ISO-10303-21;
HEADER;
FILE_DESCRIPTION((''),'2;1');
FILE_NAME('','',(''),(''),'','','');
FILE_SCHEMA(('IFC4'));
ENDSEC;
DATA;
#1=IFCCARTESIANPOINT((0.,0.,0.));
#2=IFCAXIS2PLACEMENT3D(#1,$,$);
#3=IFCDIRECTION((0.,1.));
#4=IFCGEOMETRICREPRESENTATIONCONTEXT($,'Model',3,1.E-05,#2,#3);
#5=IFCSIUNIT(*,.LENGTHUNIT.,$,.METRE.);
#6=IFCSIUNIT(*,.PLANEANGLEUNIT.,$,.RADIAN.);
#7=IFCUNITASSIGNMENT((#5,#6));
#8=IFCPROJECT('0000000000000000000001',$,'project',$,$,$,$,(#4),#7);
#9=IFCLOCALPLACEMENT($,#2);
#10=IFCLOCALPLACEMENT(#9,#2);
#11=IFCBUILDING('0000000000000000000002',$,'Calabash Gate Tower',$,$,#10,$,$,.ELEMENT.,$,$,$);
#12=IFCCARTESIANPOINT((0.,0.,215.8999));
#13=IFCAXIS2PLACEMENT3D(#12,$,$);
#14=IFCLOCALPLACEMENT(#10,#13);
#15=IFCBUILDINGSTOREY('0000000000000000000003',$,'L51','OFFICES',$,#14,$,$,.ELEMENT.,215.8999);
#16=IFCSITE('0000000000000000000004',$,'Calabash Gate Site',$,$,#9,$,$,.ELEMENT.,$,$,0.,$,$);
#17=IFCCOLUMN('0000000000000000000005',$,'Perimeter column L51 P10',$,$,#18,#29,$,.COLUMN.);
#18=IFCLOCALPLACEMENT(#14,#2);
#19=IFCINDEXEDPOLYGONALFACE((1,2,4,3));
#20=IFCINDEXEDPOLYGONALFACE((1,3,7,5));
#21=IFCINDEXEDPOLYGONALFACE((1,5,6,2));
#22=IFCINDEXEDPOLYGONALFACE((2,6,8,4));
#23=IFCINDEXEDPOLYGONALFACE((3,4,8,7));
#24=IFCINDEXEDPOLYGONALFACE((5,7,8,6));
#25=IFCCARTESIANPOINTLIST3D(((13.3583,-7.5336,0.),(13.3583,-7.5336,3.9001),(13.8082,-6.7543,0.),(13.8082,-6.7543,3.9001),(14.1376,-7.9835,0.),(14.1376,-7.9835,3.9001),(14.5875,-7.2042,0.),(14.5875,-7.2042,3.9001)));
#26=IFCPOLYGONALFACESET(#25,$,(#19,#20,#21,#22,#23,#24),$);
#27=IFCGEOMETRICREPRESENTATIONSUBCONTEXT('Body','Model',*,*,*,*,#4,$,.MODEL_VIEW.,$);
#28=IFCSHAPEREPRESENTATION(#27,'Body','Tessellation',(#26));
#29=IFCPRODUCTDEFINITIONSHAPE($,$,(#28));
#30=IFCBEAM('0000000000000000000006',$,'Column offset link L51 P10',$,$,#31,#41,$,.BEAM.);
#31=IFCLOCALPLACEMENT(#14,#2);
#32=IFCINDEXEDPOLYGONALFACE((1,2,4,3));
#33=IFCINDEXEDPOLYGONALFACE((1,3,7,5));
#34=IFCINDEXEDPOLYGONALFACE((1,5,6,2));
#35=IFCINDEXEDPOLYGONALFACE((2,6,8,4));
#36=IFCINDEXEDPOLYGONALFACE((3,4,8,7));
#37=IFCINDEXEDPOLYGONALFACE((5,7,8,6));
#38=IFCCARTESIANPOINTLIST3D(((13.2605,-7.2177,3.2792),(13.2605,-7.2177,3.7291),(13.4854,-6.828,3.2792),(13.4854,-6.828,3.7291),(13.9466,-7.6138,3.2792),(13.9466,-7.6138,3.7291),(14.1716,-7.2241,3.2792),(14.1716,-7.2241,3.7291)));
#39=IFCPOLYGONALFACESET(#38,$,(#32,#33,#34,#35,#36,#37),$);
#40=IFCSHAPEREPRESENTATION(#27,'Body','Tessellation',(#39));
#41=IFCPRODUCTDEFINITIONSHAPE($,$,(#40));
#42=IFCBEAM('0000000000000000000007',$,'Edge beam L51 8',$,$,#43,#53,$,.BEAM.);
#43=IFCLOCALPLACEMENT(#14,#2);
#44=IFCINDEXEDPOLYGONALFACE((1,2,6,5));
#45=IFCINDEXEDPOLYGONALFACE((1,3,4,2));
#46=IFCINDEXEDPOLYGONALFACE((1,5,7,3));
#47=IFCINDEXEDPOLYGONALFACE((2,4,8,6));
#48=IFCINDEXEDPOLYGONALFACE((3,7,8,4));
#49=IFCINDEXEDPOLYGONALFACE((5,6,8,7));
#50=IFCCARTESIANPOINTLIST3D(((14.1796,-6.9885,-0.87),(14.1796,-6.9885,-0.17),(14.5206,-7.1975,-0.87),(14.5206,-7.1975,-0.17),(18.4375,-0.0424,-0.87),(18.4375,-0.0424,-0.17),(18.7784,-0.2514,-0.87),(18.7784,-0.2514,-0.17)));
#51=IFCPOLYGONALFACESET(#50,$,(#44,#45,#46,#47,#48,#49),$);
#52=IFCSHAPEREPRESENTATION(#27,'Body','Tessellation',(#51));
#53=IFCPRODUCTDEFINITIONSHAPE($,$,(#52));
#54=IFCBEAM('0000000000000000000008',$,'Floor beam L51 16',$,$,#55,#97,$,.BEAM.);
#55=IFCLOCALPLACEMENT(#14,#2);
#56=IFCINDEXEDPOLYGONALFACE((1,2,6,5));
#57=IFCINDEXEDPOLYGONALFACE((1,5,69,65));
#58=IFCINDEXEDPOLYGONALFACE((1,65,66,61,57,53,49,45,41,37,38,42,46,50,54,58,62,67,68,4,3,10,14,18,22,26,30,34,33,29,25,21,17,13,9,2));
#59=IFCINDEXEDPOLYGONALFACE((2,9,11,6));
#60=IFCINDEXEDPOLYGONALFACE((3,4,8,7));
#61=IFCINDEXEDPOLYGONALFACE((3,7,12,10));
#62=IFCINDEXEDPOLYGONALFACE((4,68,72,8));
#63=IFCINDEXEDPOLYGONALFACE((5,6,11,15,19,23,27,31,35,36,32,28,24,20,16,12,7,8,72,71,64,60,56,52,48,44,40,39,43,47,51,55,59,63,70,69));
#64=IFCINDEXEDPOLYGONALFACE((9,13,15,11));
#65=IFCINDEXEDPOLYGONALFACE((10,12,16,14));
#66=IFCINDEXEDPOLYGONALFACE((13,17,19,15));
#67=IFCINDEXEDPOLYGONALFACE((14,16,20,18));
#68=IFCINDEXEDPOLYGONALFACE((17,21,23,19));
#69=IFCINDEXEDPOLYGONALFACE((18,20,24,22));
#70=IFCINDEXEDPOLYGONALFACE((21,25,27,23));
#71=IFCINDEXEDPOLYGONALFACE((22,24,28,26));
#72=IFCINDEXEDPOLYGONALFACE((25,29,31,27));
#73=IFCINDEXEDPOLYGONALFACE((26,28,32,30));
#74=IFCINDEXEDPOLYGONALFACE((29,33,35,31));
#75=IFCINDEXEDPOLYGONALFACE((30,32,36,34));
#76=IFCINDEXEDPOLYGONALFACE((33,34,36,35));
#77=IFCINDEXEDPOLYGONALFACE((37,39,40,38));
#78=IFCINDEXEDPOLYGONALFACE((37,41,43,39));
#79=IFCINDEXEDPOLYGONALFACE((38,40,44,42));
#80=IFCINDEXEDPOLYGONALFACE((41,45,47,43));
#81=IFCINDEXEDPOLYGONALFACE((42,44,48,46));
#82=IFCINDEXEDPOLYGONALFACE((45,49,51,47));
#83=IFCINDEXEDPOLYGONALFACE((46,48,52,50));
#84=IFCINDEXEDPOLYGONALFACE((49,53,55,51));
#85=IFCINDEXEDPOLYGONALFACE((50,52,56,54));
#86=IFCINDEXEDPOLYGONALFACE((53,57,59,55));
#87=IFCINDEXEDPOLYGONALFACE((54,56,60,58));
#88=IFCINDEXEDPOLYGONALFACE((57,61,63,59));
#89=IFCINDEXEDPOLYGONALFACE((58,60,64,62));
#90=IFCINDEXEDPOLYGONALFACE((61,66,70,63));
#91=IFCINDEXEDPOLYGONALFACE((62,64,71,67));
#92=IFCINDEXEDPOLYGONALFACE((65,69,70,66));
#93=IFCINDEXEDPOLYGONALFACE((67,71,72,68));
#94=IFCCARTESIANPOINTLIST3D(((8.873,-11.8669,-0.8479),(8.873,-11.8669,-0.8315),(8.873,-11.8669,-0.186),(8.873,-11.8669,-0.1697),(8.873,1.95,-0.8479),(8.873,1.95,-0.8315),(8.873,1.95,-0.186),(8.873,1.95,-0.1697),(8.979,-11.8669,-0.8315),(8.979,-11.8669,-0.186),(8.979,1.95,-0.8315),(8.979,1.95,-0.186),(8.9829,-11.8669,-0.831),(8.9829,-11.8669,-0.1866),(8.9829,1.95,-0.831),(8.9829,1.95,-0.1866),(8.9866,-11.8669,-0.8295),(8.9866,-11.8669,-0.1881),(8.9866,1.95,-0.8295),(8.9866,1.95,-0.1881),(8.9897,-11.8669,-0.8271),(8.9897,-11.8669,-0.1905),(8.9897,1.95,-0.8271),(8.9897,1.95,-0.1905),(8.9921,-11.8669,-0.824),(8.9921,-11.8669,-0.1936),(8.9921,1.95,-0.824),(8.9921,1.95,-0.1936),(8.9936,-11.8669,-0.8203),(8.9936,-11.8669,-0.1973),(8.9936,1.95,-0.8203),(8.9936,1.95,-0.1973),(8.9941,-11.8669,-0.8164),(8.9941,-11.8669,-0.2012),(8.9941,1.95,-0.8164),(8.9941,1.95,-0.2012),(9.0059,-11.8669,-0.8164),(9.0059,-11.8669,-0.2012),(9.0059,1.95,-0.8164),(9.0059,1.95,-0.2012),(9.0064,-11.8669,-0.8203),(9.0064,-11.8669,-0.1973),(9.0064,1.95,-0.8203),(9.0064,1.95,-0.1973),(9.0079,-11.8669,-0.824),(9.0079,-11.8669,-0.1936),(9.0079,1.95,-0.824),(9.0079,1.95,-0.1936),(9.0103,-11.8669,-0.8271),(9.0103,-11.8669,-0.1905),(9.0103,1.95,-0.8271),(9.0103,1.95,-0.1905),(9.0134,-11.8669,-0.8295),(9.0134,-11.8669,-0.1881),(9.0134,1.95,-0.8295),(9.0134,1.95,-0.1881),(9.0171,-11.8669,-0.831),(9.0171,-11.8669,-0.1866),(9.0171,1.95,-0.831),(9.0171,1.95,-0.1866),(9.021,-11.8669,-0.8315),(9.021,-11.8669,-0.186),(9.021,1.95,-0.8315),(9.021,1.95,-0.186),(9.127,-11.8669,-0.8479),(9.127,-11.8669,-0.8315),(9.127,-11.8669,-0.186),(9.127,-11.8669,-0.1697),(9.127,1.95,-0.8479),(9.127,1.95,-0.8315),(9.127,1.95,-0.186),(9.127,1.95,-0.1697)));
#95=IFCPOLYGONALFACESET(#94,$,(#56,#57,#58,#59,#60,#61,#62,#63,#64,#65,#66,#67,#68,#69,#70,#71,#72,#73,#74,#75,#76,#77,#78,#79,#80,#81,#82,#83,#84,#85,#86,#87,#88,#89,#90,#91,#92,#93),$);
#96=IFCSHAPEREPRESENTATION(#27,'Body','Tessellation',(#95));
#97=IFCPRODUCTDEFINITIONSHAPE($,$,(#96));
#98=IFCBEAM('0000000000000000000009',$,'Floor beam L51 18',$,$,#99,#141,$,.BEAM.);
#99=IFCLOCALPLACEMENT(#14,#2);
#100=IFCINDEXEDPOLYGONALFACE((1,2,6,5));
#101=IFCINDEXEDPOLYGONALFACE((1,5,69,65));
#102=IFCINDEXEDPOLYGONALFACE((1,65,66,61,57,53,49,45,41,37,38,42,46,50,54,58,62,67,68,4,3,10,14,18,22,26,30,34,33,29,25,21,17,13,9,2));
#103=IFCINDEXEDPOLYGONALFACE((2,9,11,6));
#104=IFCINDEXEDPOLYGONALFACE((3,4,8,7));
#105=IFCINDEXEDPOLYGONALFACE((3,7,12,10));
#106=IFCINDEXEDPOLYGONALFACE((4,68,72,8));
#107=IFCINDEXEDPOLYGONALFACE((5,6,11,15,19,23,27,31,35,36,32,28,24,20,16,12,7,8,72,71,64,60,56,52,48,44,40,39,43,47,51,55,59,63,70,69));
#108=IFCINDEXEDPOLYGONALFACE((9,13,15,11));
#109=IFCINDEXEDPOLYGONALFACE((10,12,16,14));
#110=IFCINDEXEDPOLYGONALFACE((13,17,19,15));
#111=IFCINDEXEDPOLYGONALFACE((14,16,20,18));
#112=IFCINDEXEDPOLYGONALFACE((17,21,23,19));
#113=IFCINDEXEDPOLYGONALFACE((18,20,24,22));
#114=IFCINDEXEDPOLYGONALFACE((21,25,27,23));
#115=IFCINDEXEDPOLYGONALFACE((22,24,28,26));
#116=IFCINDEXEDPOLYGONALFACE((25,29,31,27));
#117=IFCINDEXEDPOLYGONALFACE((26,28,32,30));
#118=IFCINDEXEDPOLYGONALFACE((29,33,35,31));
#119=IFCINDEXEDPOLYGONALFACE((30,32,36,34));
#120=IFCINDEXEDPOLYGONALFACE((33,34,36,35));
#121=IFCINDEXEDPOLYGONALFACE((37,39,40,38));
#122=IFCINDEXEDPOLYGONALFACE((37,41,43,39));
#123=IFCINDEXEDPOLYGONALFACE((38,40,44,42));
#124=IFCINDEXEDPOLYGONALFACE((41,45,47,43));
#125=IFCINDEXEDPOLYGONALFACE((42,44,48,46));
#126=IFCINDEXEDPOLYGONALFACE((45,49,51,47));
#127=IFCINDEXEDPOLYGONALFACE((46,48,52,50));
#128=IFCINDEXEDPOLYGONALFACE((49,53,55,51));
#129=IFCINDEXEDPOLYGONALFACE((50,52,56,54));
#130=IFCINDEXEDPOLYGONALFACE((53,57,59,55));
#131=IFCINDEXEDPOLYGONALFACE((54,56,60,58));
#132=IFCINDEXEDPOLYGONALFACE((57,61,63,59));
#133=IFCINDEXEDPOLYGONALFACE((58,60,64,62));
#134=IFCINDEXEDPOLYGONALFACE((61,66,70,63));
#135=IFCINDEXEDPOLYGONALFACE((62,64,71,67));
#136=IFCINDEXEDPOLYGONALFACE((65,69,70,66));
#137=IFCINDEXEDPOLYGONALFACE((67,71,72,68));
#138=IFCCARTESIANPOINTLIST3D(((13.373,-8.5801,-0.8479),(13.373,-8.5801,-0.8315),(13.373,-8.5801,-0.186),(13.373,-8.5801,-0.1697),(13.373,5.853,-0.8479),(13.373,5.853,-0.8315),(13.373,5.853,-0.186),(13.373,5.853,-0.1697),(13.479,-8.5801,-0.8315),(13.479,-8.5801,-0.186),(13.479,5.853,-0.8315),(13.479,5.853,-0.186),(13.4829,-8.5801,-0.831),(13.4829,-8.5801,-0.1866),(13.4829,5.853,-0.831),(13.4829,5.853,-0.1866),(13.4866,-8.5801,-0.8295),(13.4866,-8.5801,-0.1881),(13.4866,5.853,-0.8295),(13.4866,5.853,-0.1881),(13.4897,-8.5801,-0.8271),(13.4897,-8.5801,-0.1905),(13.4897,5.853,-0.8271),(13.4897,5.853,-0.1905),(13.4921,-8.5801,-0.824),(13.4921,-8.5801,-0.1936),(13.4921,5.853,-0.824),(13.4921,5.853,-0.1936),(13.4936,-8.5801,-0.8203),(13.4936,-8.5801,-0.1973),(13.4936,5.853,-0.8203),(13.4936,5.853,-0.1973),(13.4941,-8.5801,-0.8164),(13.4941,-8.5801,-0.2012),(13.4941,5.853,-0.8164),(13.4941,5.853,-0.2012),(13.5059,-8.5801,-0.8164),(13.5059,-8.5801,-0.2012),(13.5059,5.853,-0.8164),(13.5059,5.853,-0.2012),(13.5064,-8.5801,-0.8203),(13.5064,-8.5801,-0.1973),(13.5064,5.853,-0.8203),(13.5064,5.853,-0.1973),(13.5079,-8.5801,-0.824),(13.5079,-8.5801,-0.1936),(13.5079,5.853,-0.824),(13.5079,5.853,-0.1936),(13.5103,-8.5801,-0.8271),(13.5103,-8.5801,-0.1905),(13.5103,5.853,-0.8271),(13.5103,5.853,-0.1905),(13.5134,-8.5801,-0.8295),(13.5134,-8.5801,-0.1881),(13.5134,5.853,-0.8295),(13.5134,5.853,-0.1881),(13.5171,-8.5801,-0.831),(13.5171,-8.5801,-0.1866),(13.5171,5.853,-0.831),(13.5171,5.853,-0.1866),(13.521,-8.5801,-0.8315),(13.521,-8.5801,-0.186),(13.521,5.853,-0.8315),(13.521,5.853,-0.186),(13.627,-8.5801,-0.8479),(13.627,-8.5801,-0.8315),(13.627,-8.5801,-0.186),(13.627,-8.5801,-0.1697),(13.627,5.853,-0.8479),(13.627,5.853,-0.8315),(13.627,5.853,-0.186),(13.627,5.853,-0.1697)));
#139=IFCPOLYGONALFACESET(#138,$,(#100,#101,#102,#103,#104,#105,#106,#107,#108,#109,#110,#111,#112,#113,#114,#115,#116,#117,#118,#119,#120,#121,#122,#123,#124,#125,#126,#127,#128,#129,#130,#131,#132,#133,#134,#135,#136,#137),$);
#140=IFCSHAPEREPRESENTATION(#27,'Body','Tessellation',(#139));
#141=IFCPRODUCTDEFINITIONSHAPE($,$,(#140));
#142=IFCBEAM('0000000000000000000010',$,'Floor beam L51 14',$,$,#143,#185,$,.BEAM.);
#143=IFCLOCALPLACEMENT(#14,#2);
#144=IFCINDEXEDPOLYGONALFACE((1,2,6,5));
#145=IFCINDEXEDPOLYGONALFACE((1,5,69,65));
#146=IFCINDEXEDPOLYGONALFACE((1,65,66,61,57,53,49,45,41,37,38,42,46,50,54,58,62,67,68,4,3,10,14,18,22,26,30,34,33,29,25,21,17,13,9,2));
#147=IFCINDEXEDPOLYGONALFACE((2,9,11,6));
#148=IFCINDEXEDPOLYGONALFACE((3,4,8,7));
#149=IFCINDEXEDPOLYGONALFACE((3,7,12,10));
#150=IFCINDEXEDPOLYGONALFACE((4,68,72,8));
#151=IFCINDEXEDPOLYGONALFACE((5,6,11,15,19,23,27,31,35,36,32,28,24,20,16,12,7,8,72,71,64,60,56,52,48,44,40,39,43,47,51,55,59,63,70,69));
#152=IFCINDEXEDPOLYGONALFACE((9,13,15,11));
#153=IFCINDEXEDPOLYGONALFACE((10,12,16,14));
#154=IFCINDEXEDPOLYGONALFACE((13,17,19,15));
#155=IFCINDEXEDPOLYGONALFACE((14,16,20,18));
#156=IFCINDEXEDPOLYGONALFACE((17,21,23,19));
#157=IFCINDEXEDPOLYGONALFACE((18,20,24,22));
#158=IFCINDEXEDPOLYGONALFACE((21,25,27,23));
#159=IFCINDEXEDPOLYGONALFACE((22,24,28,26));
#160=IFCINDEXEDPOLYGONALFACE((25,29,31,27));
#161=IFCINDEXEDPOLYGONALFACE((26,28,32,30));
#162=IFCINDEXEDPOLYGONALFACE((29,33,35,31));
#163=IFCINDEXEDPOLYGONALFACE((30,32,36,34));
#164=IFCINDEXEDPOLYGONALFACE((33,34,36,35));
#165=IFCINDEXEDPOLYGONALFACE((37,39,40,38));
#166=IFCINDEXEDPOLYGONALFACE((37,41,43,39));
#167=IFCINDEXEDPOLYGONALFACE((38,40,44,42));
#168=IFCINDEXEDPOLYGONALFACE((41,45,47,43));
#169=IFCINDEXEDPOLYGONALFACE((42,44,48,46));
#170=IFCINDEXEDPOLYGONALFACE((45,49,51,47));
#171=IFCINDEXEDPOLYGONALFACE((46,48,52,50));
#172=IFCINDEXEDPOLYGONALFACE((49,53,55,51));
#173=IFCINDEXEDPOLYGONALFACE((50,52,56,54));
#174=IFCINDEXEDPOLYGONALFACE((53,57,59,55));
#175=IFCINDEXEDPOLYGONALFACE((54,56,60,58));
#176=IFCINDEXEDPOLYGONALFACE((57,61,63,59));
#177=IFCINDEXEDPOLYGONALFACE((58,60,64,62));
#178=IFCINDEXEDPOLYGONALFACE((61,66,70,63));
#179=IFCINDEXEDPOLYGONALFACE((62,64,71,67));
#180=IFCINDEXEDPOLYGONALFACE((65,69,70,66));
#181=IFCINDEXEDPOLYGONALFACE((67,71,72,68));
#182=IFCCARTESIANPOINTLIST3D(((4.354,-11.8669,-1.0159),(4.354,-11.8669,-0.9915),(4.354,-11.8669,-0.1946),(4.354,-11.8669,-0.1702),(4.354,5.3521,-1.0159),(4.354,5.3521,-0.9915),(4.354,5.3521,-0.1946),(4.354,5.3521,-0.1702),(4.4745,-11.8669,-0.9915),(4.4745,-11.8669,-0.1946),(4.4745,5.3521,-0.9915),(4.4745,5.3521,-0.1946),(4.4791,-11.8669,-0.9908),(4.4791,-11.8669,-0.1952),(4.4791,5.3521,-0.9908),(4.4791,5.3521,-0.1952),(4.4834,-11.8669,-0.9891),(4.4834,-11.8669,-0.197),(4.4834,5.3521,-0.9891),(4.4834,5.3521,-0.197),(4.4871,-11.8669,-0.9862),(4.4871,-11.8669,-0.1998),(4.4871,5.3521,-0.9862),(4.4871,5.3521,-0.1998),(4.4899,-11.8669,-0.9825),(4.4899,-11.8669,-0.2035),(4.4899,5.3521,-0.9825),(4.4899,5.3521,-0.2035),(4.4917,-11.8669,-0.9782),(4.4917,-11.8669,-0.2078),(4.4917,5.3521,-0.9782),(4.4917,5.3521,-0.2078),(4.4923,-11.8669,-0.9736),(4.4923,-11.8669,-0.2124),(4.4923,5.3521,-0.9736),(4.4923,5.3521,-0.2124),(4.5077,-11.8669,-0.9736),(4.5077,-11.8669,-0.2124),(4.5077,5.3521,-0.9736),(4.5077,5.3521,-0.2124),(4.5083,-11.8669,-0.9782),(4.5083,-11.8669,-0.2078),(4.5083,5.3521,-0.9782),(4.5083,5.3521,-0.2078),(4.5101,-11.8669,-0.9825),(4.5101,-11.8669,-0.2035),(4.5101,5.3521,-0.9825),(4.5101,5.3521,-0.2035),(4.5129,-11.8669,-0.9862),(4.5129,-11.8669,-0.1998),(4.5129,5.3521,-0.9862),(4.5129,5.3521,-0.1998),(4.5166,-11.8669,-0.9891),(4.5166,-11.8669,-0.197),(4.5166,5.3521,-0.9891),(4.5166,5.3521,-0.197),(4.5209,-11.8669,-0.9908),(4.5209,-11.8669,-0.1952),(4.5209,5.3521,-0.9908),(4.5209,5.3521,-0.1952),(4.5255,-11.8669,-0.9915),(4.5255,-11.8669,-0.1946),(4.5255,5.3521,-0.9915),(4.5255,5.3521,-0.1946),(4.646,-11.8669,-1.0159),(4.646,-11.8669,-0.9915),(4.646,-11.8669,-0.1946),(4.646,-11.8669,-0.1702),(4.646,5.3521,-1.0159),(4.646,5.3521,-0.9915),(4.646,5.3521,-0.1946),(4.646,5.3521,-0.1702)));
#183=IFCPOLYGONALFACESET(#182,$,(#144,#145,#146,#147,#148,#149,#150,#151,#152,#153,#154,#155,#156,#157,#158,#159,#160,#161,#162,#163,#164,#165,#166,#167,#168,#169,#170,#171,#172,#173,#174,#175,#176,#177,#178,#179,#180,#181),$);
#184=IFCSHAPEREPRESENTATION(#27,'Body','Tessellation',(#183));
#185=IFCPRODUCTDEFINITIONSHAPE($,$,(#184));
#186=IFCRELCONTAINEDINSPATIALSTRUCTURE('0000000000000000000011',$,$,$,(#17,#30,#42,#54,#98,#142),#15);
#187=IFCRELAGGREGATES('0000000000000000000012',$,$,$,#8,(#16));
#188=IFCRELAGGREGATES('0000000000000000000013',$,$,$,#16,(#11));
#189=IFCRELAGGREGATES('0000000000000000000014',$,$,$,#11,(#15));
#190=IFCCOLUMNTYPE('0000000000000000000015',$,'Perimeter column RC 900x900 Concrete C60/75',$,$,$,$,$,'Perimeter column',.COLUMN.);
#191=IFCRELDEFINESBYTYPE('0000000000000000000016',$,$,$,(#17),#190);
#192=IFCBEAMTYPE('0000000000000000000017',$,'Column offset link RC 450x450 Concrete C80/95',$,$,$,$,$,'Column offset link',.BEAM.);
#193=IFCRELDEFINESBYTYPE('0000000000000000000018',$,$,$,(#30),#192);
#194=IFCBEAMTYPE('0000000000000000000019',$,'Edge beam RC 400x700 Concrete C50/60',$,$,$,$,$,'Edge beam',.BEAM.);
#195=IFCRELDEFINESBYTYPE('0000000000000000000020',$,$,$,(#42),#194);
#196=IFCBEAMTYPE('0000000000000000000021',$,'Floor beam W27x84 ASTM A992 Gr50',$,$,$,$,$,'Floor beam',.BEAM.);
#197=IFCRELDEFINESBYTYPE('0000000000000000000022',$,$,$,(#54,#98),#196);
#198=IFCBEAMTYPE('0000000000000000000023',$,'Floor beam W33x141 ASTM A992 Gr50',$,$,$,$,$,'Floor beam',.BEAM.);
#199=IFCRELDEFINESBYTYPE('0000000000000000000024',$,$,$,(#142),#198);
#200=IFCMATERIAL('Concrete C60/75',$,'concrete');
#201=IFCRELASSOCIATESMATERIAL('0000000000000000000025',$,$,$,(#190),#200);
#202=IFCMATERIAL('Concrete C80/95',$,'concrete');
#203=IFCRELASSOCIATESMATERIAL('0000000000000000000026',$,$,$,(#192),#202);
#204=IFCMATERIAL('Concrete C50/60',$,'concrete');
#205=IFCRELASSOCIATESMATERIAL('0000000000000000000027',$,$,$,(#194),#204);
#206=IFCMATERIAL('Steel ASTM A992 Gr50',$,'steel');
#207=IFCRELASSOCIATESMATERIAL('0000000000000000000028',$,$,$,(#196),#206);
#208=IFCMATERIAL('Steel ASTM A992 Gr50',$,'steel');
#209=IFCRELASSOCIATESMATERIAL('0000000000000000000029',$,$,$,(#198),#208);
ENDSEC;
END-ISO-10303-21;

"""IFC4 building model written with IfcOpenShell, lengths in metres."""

from ifc_helpers import new_model, si_unit, direction, frame, origin, origin_2d, place, context, subcontext, project, spatial, rectangle, i_section, extrude, material, material_profile, profile_set, type_object, element, save


model = new_model("IFC4")

# Units and contexts
model_context = context("Model", 3, precision=1e-05, world=origin(), true_north=direction((0.0, 1.0)))
body_context = subcontext(model_context, "Body", "Model", "MODEL_VIEW")
ifc_project = project(units=[si_unit("LENGTHUNIT", "METRE"), si_unit("PLANEANGLEUNIT", "RADIAN")], contexts=[model_context])

# Site, building, storey
site_placement = place(None, origin())
site = spatial("IfcSite", under=ifc_project, at=site_placement, Name="Calabash Gate Site", CompositionType="ELEMENT", RefElevation=0.0)
building_placement = place(site_placement, origin())
building = spatial("IfcBuilding", under=site, at=building_placement, Name="Calabash Gate Tower", CompositionType="ELEMENT")
storey_placement = place(building_placement, frame((0.0, 0.0, 215.8999)))
storey = spatial("IfcBuildingStorey", under=building, at=storey_placement, Name="L51", Description="OFFICES", CompositionType="ELEMENT", Elevation=215.8999)

# Column
ifc_material_1 = material(Name="Concrete C60/75", Category="concrete")
ifc_material_profile_1 = material_profile(ifc_material_1, rectangle(XDim=0.8999, YDim=0.8999, at=origin_2d()))
ifc_profile_set_1 = profile_set([ifc_material_profile_1], Name="Concrete C60/75")
column_type = type_object("IfcColumnType", Name="Perimeter column RC 900x900 Concrete C60/75", ElementType="Perimeter column", PredefinedType="COLUMN", material=ifc_profile_set_1)
column_placement = place(storey_placement, frame((13.9729, -7.3689, 0.0), z_axis=(0.0, 0.0, 1.0), x_axis=(0.5, 0.866025, 0.0)))
element("IfcColumn", 1, at=column_placement, inside=storey, type_object=column_type, Name="Perimeter column L51 P10", PredefinedType="COLUMN", context=body_context, shape_type="SweptSolid", body=[
    extrude(rectangle(XDim=0.8999, YDim=0.8999, at=origin_2d()), origin(), (0.0, 0.0, 1.0), 3.9001),
])

# Beams
ifc_material_2 = material(Name="Concrete C80/95", Category="concrete")
ifc_material_profile_2 = material_profile(ifc_material_2, rectangle(XDim=0.45, YDim=0.45, at=origin_2d()))
ifc_profile_set_2 = profile_set([ifc_material_profile_2], Name="Concrete C80/95")
beam_type_1 = type_object("IfcBeamType", Name="Column offset link RC 450x450 Concrete C80/95", ElementType="Column offset link", PredefinedType="BEAM", material=ifc_profile_set_2)
beam_1_placement = place(storey_placement, frame((14.0591, -7.4189, 3.5042), z_axis=(-0.866073, 0.499918, 0.0), x_axis=(-0.499918, -0.866073, 0.0)))
element("IfcBeam", 2, at=beam_1_placement, inside=storey, type_object=beam_type_1, Name="Column offset link L51 P10", PredefinedType="BEAM", context=body_context, shape_type="SweptSolid", body=[
    extrude(rectangle(XDim=0.45, YDim=0.45, at=origin_2d()), origin(), (0.0, 0.0, 1.0), 0.7922),
])
ifc_material_3 = material(Name="Concrete C50/60", Category="concrete")
ifc_material_profile_3 = material_profile(ifc_material_3, rectangle(XDim=0.3999, YDim=0.7, at=origin_2d()))
ifc_profile_set_3 = profile_set([ifc_material_profile_3], Name="Concrete C50/60")
beam_type_2 = type_object("IfcBeamType", Name="Edge beam RC 400x700 Concrete C50/60", ElementType="Edge beam", PredefinedType="BEAM", material=ifc_profile_set_3)
beam_2_placement = place(storey_placement, frame((14.3501, -7.093, -0.52), z_axis=(0.522612, 0.852571, 0.0), x_axis=(-0.852571, 0.522612, 0.0)))
element("IfcBeam", 3, at=beam_2_placement, inside=storey, type_object=beam_type_2, Name="Edge beam L51 8", PredefinedType="BEAM", context=body_context, shape_type="SweptSolid", body=[
    extrude(rectangle(XDim=0.3999, YDim=0.7, at=origin_2d()), origin(), (0.0, 0.0, 1.0), 8.1472),
])
ifc_material_4 = material(Name="Steel ASTM A992 Gr50", Category="steel")
ifc_material_profile_4 = material_profile(ifc_material_4, i_section(OverallWidth=0.2539, OverallDepth=0.6782, WebThickness=0.0117, FlangeThickness=0.0164, FilletRadius=0.0151, at=origin_2d()))
ifc_profile_set_4 = profile_set([ifc_material_profile_4], Name="Steel ASTM A992 Gr50")
beam_type_3 = type_object("IfcBeamType", Name="Floor beam W27x84 ASTM A992 Gr50", ElementType="Floor beam", PredefinedType="BEAM", material=ifc_profile_set_4)
beam_3_placement = place(storey_placement, frame((9.0, -11.8669, -0.5088), z_axis=(0.0, 1.0, 0.0), x_axis=(-1.0, 0.0, 0.0)))
element("IfcBeam", 4, at=beam_3_placement, inside=storey, type_object=beam_type_3, Name="Floor beam L51 16", PredefinedType="BEAM", context=body_context, shape_type="SweptSolid", body=[
    extrude(i_section(OverallWidth=0.2539, OverallDepth=0.6782, WebThickness=0.0117, FlangeThickness=0.0164, FilletRadius=0.0151, at=origin_2d()), origin(), (0.0, 0.0, 1.0), 13.8169),
])
beam_4_placement = place(storey_placement, frame((13.5, -8.5801, -0.5088), z_axis=(0.0, 1.0, 0.0), x_axis=(-1.0, 0.0, 0.0)))
element("IfcBeam", 5, at=beam_4_placement, inside=storey, type_object=beam_type_3, Name="Floor beam L51 18", PredefinedType="BEAM", context=body_context, shape_type="SweptSolid", body=[
    extrude(i_section(OverallWidth=0.2539, OverallDepth=0.6782, WebThickness=0.0117, FlangeThickness=0.0164, FilletRadius=0.0151, at=origin_2d()), origin(), (0.0, 0.0, 1.0), 14.4331),
])
ifc_material_5 = material(Name="Steel ASTM A992 Gr50", Category="steel")
ifc_material_profile_5 = material_profile(ifc_material_5, i_section(OverallWidth=0.292, OverallDepth=0.8457, WebThickness=0.0154, FlangeThickness=0.0244, FilletRadius=0.0178, at=origin_2d()))
ifc_profile_set_5 = profile_set([ifc_material_profile_5], Name="Steel ASTM A992 Gr50")
beam_type_4 = type_object("IfcBeamType", Name="Floor beam W33x141 ASTM A992 Gr50", ElementType="Floor beam", PredefinedType="BEAM", material=ifc_profile_set_5)
beam_5_placement = place(storey_placement, frame((4.5, -11.8669, -0.593), z_axis=(0.0, 1.0, 0.0), x_axis=(-1.0, 0.0, 0.0)))
element("IfcBeam", 6, at=beam_5_placement, inside=storey, type_object=beam_type_4, Name="Floor beam L51 14", PredefinedType="BEAM", context=body_context, shape_type="SweptSolid", body=[
    extrude(i_section(OverallWidth=0.292, OverallDepth=0.8457, WebThickness=0.0154, FlangeThickness=0.0244, FilletRadius=0.0178, at=origin_2d()), origin(), (0.0, 0.0, 1.0), 17.219),
])

save(model, "model.ifc")
